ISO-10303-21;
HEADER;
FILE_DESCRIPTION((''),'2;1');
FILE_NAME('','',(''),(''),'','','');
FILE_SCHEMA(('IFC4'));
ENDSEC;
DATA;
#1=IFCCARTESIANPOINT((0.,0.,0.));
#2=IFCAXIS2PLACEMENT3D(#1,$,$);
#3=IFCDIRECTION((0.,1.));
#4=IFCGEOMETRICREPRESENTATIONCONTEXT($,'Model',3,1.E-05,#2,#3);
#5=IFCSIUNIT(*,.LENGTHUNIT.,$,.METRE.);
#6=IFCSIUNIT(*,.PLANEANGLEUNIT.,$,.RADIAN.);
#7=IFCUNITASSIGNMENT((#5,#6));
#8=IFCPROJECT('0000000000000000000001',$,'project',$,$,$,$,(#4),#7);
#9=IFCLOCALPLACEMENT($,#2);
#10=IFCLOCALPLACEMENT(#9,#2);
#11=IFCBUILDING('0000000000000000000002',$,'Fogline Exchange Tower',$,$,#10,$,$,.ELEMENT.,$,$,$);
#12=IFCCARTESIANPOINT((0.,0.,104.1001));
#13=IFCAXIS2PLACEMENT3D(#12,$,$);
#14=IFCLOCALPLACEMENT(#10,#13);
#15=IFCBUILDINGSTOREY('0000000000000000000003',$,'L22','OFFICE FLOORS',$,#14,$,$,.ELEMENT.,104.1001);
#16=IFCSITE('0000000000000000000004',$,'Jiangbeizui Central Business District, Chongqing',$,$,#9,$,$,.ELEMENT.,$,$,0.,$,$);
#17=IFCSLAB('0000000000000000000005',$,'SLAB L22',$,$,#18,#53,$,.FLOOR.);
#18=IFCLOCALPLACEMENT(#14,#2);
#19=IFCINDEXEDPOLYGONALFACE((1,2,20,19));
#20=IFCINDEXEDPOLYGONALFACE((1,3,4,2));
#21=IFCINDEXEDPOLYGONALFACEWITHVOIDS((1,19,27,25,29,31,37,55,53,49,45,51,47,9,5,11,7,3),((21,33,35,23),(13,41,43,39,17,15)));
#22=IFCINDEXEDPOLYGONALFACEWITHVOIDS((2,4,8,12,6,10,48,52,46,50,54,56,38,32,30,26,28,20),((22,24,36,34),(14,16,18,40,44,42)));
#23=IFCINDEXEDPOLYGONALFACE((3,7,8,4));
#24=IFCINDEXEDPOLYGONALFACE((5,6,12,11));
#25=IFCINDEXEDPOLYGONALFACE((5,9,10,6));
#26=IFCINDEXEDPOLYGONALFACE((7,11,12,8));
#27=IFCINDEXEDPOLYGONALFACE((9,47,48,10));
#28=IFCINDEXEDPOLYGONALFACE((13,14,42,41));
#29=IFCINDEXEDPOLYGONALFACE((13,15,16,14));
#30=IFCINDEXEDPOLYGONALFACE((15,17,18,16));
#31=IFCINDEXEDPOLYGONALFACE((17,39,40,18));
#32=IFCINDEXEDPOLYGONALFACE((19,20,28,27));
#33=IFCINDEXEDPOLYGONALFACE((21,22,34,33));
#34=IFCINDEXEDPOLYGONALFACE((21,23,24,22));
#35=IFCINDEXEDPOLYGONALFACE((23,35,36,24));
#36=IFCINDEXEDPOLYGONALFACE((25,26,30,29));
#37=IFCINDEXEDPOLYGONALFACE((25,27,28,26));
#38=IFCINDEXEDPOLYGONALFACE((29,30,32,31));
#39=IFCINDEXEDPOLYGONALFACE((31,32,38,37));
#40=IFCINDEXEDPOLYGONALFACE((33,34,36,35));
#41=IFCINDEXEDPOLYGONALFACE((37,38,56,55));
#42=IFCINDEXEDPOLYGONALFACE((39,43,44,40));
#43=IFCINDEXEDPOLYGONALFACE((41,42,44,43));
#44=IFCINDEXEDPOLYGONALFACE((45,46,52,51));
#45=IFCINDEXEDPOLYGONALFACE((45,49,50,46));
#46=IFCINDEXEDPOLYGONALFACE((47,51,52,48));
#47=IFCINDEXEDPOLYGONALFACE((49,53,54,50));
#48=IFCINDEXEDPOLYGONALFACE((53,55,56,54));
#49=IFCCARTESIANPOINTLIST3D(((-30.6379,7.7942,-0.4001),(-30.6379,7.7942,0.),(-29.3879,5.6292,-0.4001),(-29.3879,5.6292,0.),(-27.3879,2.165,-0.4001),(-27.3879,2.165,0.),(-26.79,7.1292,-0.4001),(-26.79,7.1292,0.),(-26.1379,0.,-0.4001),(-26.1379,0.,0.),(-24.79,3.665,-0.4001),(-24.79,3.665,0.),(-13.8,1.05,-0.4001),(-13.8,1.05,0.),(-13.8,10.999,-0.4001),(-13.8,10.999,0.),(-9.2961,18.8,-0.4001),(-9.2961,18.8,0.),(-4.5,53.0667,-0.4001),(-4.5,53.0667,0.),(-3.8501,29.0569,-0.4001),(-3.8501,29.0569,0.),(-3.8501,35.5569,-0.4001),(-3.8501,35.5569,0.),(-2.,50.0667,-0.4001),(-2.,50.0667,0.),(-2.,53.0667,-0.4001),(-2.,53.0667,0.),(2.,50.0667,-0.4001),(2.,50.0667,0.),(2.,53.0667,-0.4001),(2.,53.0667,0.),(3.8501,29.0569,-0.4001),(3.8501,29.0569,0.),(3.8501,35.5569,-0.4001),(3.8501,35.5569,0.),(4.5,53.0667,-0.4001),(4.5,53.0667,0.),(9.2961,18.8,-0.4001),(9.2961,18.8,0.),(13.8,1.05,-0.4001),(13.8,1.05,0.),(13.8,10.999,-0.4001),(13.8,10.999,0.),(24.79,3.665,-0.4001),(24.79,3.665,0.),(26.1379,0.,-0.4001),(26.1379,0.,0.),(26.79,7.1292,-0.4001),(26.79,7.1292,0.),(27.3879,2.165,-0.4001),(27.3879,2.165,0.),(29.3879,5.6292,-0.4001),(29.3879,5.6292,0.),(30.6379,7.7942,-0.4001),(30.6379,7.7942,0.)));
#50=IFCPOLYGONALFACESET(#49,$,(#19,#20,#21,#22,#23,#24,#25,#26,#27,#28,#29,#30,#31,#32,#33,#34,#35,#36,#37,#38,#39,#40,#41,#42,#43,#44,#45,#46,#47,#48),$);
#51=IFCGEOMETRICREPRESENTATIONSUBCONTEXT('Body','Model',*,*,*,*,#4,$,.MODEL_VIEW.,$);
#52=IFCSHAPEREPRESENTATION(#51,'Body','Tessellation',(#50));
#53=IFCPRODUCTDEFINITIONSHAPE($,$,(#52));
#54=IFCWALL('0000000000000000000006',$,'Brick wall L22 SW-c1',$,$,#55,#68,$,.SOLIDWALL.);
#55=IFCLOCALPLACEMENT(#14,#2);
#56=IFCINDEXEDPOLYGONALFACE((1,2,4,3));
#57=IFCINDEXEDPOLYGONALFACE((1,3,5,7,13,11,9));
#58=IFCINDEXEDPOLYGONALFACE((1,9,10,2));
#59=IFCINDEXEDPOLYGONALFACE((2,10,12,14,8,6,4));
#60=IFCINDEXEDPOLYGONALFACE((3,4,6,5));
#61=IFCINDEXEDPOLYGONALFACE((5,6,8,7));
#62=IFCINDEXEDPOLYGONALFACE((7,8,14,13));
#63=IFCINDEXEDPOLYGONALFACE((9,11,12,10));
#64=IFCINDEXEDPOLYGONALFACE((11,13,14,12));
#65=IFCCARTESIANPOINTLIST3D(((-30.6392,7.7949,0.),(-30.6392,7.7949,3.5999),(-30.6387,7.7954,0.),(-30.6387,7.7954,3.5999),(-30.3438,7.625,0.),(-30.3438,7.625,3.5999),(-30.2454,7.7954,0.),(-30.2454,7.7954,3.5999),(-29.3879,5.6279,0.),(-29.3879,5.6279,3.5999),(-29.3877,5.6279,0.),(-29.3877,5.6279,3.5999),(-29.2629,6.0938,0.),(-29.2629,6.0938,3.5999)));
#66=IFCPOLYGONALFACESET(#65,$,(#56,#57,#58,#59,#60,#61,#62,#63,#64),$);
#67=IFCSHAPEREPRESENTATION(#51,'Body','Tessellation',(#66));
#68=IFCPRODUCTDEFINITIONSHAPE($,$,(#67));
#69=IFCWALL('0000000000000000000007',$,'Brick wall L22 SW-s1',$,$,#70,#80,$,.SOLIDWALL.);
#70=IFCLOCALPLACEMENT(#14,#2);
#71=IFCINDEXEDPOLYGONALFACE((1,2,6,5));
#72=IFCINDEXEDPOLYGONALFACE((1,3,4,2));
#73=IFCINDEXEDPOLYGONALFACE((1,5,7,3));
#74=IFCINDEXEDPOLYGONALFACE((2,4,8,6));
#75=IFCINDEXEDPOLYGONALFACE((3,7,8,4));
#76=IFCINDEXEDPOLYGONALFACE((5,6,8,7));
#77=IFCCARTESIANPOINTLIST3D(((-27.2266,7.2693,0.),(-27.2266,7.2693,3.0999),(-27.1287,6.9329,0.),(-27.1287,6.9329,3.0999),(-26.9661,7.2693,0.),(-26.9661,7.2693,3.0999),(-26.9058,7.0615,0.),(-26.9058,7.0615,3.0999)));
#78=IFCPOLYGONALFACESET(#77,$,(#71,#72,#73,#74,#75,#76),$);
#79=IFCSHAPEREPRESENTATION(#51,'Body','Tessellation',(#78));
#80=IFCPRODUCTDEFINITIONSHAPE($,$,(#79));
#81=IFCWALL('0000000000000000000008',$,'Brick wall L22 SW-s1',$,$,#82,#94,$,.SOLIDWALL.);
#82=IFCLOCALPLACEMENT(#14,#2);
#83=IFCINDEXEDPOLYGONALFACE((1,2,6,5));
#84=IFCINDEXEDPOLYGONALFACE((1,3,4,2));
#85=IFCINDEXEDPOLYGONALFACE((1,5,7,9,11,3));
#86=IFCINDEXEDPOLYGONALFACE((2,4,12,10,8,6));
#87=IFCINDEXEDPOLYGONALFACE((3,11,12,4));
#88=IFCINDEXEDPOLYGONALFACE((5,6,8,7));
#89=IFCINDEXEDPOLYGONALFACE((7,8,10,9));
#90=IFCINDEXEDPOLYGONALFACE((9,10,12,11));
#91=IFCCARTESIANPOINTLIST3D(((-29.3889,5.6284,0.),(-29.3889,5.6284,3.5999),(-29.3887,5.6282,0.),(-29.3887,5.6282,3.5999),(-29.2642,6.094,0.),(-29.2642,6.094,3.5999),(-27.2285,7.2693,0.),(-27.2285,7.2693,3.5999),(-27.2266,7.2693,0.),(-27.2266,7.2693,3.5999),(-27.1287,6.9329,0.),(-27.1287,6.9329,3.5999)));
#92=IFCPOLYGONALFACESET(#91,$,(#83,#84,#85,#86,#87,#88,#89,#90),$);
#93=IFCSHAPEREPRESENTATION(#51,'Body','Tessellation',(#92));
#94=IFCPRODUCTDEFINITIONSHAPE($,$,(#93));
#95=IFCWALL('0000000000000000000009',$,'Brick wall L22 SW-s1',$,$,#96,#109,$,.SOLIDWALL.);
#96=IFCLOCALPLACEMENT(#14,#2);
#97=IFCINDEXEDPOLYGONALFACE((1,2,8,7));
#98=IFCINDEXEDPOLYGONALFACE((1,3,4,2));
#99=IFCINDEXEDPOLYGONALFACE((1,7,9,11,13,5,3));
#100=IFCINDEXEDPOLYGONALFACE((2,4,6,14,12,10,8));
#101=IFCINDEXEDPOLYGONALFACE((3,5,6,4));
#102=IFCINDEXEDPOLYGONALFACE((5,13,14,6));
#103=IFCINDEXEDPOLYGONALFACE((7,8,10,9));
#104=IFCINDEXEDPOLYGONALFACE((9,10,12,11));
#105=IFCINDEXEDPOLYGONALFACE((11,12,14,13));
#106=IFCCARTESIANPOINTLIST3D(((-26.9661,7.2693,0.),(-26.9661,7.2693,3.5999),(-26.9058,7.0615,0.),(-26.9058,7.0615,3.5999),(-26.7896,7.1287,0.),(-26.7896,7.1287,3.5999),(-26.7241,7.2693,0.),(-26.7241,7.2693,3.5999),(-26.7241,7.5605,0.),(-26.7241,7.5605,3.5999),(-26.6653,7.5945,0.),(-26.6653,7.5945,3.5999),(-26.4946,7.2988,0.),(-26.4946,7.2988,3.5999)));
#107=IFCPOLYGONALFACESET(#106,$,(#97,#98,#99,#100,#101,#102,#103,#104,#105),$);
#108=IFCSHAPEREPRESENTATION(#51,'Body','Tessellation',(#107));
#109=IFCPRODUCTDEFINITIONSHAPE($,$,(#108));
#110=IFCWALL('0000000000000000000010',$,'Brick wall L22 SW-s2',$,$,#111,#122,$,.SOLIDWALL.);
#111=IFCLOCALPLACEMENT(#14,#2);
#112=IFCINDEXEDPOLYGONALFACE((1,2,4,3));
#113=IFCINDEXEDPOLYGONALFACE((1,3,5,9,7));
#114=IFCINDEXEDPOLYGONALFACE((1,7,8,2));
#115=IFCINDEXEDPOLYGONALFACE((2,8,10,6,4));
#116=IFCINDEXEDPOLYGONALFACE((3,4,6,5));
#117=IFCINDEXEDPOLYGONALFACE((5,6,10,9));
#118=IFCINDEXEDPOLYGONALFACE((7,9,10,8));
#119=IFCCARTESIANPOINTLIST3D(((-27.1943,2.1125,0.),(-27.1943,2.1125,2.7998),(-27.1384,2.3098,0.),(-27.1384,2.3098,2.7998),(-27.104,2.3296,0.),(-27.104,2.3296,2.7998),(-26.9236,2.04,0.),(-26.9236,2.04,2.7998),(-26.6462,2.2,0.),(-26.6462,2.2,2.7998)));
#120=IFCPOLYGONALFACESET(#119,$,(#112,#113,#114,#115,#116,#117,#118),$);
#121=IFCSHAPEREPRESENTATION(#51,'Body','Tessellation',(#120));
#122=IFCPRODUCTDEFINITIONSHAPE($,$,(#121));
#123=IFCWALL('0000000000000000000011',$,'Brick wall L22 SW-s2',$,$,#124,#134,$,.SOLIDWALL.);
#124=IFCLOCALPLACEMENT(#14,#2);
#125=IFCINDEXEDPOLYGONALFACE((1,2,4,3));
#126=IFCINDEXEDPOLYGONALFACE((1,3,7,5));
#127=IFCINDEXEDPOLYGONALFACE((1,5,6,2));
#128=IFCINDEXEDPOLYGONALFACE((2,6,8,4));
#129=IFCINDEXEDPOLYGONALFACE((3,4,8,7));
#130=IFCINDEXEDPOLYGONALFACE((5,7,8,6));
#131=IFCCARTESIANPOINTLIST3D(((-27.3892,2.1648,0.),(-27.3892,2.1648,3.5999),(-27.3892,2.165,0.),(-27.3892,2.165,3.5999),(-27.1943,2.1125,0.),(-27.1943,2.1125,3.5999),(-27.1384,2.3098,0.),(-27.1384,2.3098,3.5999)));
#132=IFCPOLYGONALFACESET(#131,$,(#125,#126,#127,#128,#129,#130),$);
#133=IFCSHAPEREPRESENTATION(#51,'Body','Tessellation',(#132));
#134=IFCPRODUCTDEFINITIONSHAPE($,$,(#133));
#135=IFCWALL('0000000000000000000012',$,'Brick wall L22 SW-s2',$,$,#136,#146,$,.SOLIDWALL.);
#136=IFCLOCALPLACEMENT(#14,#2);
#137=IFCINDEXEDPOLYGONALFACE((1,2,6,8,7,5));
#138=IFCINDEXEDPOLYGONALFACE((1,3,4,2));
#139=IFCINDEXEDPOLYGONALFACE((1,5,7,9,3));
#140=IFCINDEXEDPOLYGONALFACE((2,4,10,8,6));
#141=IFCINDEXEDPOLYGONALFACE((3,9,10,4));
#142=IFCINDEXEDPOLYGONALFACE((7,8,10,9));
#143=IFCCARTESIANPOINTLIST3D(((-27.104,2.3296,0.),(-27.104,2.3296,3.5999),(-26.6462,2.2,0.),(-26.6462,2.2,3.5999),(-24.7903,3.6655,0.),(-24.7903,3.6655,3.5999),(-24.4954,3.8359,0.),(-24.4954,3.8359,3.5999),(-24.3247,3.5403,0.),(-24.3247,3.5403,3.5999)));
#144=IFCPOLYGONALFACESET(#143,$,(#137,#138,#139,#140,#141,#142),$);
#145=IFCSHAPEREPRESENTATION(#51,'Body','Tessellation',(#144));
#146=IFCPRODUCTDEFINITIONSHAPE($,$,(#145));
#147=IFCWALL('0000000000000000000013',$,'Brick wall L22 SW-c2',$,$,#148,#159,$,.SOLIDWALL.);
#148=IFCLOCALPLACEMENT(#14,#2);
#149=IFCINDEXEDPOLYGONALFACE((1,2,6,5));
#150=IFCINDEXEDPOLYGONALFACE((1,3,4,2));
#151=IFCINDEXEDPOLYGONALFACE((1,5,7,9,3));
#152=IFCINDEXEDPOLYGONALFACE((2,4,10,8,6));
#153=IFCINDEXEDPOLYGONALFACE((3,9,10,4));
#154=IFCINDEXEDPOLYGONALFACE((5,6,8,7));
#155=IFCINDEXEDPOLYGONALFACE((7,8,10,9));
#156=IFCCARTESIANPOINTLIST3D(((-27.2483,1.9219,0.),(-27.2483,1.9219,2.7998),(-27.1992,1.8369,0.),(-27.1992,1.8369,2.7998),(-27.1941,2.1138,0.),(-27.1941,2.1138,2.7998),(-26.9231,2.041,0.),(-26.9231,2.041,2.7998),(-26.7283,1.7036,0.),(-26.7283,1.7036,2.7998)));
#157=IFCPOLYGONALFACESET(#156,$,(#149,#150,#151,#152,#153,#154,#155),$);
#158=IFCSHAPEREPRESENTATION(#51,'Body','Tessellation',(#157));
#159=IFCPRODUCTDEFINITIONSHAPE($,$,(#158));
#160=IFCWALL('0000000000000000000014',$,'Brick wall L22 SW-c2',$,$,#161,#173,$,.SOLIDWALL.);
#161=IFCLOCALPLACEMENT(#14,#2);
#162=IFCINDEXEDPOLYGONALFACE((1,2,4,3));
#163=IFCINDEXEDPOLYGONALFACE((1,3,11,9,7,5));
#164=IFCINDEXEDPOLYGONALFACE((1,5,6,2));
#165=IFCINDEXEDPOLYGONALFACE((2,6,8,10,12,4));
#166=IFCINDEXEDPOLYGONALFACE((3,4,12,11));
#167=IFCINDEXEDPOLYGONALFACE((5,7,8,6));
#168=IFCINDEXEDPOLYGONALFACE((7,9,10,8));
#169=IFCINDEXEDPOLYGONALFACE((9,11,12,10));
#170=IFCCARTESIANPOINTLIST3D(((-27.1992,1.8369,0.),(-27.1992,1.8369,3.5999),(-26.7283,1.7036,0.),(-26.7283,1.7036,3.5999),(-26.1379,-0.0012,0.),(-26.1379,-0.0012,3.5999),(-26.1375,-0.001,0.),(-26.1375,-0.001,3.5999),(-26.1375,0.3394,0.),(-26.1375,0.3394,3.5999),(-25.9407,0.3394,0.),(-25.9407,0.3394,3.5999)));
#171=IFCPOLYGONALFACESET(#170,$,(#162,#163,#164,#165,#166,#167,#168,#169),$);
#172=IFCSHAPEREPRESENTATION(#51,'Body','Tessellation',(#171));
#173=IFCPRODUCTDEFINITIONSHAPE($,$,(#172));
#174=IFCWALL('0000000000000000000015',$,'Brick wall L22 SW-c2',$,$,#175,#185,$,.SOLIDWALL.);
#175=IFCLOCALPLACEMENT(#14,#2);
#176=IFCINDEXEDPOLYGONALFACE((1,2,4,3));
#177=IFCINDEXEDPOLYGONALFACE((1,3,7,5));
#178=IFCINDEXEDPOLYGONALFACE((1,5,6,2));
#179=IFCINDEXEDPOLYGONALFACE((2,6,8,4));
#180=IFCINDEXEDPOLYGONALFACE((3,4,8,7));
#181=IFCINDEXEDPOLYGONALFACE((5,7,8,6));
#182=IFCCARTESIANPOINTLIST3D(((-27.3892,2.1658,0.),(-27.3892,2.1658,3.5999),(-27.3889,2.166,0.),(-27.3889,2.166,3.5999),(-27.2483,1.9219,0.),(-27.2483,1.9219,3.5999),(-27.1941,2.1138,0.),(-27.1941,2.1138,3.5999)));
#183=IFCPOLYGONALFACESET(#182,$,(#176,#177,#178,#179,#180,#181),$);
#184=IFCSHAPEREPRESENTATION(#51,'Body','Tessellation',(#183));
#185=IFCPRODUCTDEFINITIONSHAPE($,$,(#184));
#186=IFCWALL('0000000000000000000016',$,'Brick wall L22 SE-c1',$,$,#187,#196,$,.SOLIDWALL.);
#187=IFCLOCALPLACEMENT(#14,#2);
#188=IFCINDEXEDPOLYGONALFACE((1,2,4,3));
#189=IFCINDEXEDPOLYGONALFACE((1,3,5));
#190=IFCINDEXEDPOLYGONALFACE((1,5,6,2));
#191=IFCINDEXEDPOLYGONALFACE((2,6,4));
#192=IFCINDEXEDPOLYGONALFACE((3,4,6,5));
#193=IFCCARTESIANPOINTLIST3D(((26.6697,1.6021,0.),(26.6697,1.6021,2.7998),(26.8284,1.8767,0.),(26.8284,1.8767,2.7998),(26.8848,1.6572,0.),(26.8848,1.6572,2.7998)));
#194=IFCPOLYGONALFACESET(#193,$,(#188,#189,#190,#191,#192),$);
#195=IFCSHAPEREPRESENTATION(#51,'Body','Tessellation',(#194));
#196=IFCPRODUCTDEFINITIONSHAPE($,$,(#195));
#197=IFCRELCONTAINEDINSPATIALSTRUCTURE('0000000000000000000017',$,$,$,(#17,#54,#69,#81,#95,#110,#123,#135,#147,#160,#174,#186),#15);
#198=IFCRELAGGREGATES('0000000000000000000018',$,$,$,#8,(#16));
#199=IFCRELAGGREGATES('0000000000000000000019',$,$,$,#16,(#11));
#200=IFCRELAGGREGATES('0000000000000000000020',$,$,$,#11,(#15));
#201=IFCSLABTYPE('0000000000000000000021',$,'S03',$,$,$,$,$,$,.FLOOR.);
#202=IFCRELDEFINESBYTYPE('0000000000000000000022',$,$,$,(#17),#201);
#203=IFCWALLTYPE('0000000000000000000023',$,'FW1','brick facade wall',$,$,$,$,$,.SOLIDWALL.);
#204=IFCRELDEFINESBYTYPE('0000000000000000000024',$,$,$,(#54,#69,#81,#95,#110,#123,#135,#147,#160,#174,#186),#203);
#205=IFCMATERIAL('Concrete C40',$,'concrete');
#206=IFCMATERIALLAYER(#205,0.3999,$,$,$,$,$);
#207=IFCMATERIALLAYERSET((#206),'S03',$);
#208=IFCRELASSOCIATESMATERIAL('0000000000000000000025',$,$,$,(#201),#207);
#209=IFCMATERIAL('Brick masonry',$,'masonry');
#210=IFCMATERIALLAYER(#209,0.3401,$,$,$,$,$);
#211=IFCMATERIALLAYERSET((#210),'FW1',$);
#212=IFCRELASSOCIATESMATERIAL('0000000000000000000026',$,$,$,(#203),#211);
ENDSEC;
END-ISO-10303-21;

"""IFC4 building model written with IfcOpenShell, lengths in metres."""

from ifc_helpers import new_model, si_unit, direction, frame, origin, place, context, subcontext, project, spatial, polyline, outline, extrude, material, layer, layer_set, type_object, element, save


model = new_model("IFC4")

# Units and contexts
model_context = context("Model", 3, precision=1e-05, world=origin(), true_north=direction((0.0, 1.0)))
body_context = subcontext(model_context, "Body", "Model", "MODEL_VIEW")
ifc_project = project(units=[si_unit("LENGTHUNIT", "METRE"), si_unit("PLANEANGLEUNIT", "RADIAN")], contexts=[model_context])

# Site, building, storey
site_placement = place(None, origin())
site = spatial("IfcSite", under=ifc_project, at=site_placement, Name="Jiangbeizui Central Business District, Chongqing", CompositionType="ELEMENT", RefElevation=0.0)
building_placement = place(site_placement, origin())
building = spatial("IfcBuilding", under=site, at=building_placement, Name="Fogline Exchange Tower", CompositionType="ELEMENT")
storey_placement = place(building_placement, frame((0.0, 0.0, 104.1001)))
storey = spatial("IfcBuildingStorey", under=building, at=storey_placement, Name="L22", Description="OFFICE FLOORS", CompositionType="ELEMENT", Elevation=104.1001)

# Slab
ifc_material_1 = material(Name="Concrete C40", Category="concrete")
ifc_layer_1 = layer(ifc_material_1, 0.3999)
ifc_layer_set_1 = layer_set([ifc_layer_1], Name="S03")
slab_type = type_object("IfcSlabType", Name="S03", PredefinedType="FLOOR", material=ifc_layer_set_1)
slab_placement = place(storey_placement, frame((0.0, 0.0, -0.4001)))
element("IfcSlab", 1, at=slab_placement, inside=storey, type_object=slab_type, Name="SLAB L22", PredefinedType="FLOOR", context=body_context, shape_type="SweptSolid", body=[
    extrude(outline(polyline([(-2.0, 53.0667), (-4.5, 53.0667), (-30.6379, 7.7942), (-29.3879, 5.6292), (-26.79, 7.1292), (-24.79, 3.665), (-27.3879, 2.165), (-26.1379, 0.0), (26.1379, 0.0), (27.3879, 2.165), (24.79, 3.665), (26.79, 7.1292), (29.3879, 5.6292), (30.6379, 7.7942), (4.5, 53.0667), (2.0, 53.0667), (2.0, 50.0667), (-2.0, 50.0667), (-2.0, 53.0667)]), holes=[polyline([(13.8, 10.999), (13.8, 1.05), (-13.8, 1.05), (-13.8, 10.999), (-9.2961, 18.8), (9.2961, 18.8), (13.8, 10.999)]), polyline([(3.8501, 35.5569), (3.8501, 29.0569), (-3.8501, 29.0569), (-3.8501, 35.5569), (3.8501, 35.5569)])]), origin(), (0.0, 0.0, 1.0), 0.4001),
])

# Walls
ifc_material_2 = material(Name="Brick masonry", Category="masonry")
ifc_layer_2 = layer(ifc_material_2, 0.3401)
ifc_layer_set_2 = layer_set([ifc_layer_2], Name="FW1")
wall_type = type_object("IfcWallType", Name="FW1", Description="brick facade wall", PredefinedType="SOLIDWALL", material=ifc_layer_set_2)
wall_1_placement = place(storey_placement, origin())
element("IfcWall", 2, at=wall_1_placement, inside=storey, type_object=wall_type, Name="Brick wall L22 SW-c1", PredefinedType="SOLIDWALL", context=body_context, shape_type="SweptSolid", body=[
    extrude(outline(polyline([(-29.3879, 5.6279), (-30.6392, 7.7949), (-30.6387, 7.7954), (-30.3438, 7.625), (-30.2454, 7.7954), (-29.2629, 6.0938), (-29.3877, 5.6279), (-29.3879, 5.6279)])), origin(), (0.0, 0.0, 1.0), 3.5999),
])
wall_2_placement = place(storey_placement, origin())
element("IfcWall", 3, at=wall_2_placement, inside=storey, type_object=wall_type, Name="Brick wall L22 SW-s1", PredefinedType="SOLIDWALL", context=body_context, shape_type="SweptSolid", body=[
    extrude(outline(polyline([(-26.9661, 7.2693), (-26.9058, 7.0615), (-27.1287, 6.9329), (-27.2266, 7.2693), (-26.9661, 7.2693)])), origin(), (0.0, 0.0, 1.0), 3.0999),
])
wall_3_placement = place(storey_placement, origin())
element("IfcWall", 4, at=wall_3_placement, inside=storey, type_object=wall_type, Name="Brick wall L22 SW-s1", PredefinedType="SOLIDWALL", context=body_context, shape_type="SweptSolid", body=[
    extrude(outline(polyline([(-27.2266, 7.2693), (-27.1287, 6.9329), (-29.3887, 5.6282), (-29.3889, 5.6284), (-29.2642, 6.094), (-27.2285, 7.2693), (-27.2266, 7.2693)])), origin(), (0.0, 0.0, 1.0), 3.5999),
])
wall_4_placement = place(storey_placement, origin())
element("IfcWall", 5, at=wall_4_placement, inside=storey, type_object=wall_type, Name="Brick wall L22 SW-s1", PredefinedType="SOLIDWALL", context=body_context, shape_type="SweptSolid", body=[
    extrude(outline(polyline([(-26.7241, 7.2693), (-26.7241, 7.5605), (-26.6653, 7.5945), (-26.4946, 7.2988), (-26.7896, 7.1287), (-26.9058, 7.0615), (-26.9661, 7.2693), (-26.7241, 7.2693)])), origin(), (0.0, 0.0, 1.0), 3.5999),
])
wall_5_placement = place(storey_placement, origin())
element("IfcWall", 6, at=wall_5_placement, inside=storey, type_object=wall_type, Name="Brick wall L22 SW-s2", PredefinedType="SOLIDWALL", context=body_context, shape_type="SweptSolid", body=[
    extrude(outline(polyline([(-27.104, 2.3296), (-26.6462, 2.2), (-26.9236, 2.04), (-27.1943, 2.1125), (-27.1384, 2.3098), (-27.104, 2.3296)])), origin(), (0.0, 0.0, 1.0), 2.7998),
])
wall_6_placement = place(storey_placement, origin())
element("IfcWall", 7, at=wall_6_placement, inside=storey, type_object=wall_type, Name="Brick wall L22 SW-s2", PredefinedType="SOLIDWALL", context=body_context, shape_type="SweptSolid", body=[
    extrude(outline(polyline([(-27.1384, 2.3098), (-27.1943, 2.1125), (-27.3892, 2.1648), (-27.3892, 2.165), (-27.1384, 2.3098)])), origin(), (0.0, 0.0, 1.0), 3.5999),
])
wall_7_placement = place(storey_placement, origin())
element("IfcWall", 8, at=wall_7_placement, inside=storey, type_object=wall_type, Name="Brick wall L22 SW-s2", PredefinedType="SOLIDWALL", context=body_context, shape_type="SweptSolid", body=[
    extrude(outline(polyline([(-24.7903, 3.6655), (-24.4954, 3.8359), (-24.3247, 3.5403), (-26.6462, 2.2), (-27.104, 2.3296), (-24.7903, 3.6655)])), origin(), (0.0, 0.0, 1.0), 3.5999),
])
wall_8_placement = place(storey_placement, origin())
element("IfcWall", 9, at=wall_8_placement, inside=storey, type_object=wall_type, Name="Brick wall L22 SW-c2", PredefinedType="SOLIDWALL", context=body_context, shape_type="SweptSolid", body=[
    extrude(outline(polyline([(-27.2483, 1.9219), (-27.1941, 2.1138), (-26.9231, 2.041), (-26.7283, 1.7036), (-27.1992, 1.8369), (-27.2483, 1.9219)])), origin(), (0.0, 0.0, 1.0), 2.7998),
])
wall_9_placement = place(storey_placement, origin())
element("IfcWall", 10, at=wall_9_placement, inside=storey, type_object=wall_type, Name="Brick wall L22 SW-c2", PredefinedType="SOLIDWALL", context=body_context, shape_type="SweptSolid", body=[
    extrude(outline(polyline([(-26.1375, 0.3394), (-26.1375, -0.001), (-26.1379, -0.0012), (-27.1992, 1.8369), (-26.7283, 1.7036), (-25.9407, 0.3394), (-26.1375, 0.3394)])), origin(), (0.0, 0.0, 1.0), 3.5999),
])
wall_10_placement = place(storey_placement, origin())
element("IfcWall", 11, at=wall_10_placement, inside=storey, type_object=wall_type, Name="Brick wall L22 SW-c2", PredefinedType="SOLIDWALL", context=body_context, shape_type="SweptSolid", body=[
    extrude(outline(polyline([(-27.3892, 2.1658), (-27.3889, 2.166), (-27.1941, 2.1138), (-27.2483, 1.9219), (-27.3892, 2.1658)])), origin(), (0.0, 0.0, 1.0), 3.5999),
])
wall_11_placement = place(storey_placement, origin())
element("IfcWall", 12, at=wall_11_placement, inside=storey, type_object=wall_type, Name="Brick wall L22 SE-c1", PredefinedType="SOLIDWALL", context=body_context, shape_type="SweptSolid", body=[
    extrude(outline(polyline([(26.8284, 1.8767), (26.8848, 1.6572), (26.6697, 1.6021), (26.8284, 1.8767)])), origin(), (0.0, 0.0, 1.0), 2.7998),
])

save(model, "model.ifc")
